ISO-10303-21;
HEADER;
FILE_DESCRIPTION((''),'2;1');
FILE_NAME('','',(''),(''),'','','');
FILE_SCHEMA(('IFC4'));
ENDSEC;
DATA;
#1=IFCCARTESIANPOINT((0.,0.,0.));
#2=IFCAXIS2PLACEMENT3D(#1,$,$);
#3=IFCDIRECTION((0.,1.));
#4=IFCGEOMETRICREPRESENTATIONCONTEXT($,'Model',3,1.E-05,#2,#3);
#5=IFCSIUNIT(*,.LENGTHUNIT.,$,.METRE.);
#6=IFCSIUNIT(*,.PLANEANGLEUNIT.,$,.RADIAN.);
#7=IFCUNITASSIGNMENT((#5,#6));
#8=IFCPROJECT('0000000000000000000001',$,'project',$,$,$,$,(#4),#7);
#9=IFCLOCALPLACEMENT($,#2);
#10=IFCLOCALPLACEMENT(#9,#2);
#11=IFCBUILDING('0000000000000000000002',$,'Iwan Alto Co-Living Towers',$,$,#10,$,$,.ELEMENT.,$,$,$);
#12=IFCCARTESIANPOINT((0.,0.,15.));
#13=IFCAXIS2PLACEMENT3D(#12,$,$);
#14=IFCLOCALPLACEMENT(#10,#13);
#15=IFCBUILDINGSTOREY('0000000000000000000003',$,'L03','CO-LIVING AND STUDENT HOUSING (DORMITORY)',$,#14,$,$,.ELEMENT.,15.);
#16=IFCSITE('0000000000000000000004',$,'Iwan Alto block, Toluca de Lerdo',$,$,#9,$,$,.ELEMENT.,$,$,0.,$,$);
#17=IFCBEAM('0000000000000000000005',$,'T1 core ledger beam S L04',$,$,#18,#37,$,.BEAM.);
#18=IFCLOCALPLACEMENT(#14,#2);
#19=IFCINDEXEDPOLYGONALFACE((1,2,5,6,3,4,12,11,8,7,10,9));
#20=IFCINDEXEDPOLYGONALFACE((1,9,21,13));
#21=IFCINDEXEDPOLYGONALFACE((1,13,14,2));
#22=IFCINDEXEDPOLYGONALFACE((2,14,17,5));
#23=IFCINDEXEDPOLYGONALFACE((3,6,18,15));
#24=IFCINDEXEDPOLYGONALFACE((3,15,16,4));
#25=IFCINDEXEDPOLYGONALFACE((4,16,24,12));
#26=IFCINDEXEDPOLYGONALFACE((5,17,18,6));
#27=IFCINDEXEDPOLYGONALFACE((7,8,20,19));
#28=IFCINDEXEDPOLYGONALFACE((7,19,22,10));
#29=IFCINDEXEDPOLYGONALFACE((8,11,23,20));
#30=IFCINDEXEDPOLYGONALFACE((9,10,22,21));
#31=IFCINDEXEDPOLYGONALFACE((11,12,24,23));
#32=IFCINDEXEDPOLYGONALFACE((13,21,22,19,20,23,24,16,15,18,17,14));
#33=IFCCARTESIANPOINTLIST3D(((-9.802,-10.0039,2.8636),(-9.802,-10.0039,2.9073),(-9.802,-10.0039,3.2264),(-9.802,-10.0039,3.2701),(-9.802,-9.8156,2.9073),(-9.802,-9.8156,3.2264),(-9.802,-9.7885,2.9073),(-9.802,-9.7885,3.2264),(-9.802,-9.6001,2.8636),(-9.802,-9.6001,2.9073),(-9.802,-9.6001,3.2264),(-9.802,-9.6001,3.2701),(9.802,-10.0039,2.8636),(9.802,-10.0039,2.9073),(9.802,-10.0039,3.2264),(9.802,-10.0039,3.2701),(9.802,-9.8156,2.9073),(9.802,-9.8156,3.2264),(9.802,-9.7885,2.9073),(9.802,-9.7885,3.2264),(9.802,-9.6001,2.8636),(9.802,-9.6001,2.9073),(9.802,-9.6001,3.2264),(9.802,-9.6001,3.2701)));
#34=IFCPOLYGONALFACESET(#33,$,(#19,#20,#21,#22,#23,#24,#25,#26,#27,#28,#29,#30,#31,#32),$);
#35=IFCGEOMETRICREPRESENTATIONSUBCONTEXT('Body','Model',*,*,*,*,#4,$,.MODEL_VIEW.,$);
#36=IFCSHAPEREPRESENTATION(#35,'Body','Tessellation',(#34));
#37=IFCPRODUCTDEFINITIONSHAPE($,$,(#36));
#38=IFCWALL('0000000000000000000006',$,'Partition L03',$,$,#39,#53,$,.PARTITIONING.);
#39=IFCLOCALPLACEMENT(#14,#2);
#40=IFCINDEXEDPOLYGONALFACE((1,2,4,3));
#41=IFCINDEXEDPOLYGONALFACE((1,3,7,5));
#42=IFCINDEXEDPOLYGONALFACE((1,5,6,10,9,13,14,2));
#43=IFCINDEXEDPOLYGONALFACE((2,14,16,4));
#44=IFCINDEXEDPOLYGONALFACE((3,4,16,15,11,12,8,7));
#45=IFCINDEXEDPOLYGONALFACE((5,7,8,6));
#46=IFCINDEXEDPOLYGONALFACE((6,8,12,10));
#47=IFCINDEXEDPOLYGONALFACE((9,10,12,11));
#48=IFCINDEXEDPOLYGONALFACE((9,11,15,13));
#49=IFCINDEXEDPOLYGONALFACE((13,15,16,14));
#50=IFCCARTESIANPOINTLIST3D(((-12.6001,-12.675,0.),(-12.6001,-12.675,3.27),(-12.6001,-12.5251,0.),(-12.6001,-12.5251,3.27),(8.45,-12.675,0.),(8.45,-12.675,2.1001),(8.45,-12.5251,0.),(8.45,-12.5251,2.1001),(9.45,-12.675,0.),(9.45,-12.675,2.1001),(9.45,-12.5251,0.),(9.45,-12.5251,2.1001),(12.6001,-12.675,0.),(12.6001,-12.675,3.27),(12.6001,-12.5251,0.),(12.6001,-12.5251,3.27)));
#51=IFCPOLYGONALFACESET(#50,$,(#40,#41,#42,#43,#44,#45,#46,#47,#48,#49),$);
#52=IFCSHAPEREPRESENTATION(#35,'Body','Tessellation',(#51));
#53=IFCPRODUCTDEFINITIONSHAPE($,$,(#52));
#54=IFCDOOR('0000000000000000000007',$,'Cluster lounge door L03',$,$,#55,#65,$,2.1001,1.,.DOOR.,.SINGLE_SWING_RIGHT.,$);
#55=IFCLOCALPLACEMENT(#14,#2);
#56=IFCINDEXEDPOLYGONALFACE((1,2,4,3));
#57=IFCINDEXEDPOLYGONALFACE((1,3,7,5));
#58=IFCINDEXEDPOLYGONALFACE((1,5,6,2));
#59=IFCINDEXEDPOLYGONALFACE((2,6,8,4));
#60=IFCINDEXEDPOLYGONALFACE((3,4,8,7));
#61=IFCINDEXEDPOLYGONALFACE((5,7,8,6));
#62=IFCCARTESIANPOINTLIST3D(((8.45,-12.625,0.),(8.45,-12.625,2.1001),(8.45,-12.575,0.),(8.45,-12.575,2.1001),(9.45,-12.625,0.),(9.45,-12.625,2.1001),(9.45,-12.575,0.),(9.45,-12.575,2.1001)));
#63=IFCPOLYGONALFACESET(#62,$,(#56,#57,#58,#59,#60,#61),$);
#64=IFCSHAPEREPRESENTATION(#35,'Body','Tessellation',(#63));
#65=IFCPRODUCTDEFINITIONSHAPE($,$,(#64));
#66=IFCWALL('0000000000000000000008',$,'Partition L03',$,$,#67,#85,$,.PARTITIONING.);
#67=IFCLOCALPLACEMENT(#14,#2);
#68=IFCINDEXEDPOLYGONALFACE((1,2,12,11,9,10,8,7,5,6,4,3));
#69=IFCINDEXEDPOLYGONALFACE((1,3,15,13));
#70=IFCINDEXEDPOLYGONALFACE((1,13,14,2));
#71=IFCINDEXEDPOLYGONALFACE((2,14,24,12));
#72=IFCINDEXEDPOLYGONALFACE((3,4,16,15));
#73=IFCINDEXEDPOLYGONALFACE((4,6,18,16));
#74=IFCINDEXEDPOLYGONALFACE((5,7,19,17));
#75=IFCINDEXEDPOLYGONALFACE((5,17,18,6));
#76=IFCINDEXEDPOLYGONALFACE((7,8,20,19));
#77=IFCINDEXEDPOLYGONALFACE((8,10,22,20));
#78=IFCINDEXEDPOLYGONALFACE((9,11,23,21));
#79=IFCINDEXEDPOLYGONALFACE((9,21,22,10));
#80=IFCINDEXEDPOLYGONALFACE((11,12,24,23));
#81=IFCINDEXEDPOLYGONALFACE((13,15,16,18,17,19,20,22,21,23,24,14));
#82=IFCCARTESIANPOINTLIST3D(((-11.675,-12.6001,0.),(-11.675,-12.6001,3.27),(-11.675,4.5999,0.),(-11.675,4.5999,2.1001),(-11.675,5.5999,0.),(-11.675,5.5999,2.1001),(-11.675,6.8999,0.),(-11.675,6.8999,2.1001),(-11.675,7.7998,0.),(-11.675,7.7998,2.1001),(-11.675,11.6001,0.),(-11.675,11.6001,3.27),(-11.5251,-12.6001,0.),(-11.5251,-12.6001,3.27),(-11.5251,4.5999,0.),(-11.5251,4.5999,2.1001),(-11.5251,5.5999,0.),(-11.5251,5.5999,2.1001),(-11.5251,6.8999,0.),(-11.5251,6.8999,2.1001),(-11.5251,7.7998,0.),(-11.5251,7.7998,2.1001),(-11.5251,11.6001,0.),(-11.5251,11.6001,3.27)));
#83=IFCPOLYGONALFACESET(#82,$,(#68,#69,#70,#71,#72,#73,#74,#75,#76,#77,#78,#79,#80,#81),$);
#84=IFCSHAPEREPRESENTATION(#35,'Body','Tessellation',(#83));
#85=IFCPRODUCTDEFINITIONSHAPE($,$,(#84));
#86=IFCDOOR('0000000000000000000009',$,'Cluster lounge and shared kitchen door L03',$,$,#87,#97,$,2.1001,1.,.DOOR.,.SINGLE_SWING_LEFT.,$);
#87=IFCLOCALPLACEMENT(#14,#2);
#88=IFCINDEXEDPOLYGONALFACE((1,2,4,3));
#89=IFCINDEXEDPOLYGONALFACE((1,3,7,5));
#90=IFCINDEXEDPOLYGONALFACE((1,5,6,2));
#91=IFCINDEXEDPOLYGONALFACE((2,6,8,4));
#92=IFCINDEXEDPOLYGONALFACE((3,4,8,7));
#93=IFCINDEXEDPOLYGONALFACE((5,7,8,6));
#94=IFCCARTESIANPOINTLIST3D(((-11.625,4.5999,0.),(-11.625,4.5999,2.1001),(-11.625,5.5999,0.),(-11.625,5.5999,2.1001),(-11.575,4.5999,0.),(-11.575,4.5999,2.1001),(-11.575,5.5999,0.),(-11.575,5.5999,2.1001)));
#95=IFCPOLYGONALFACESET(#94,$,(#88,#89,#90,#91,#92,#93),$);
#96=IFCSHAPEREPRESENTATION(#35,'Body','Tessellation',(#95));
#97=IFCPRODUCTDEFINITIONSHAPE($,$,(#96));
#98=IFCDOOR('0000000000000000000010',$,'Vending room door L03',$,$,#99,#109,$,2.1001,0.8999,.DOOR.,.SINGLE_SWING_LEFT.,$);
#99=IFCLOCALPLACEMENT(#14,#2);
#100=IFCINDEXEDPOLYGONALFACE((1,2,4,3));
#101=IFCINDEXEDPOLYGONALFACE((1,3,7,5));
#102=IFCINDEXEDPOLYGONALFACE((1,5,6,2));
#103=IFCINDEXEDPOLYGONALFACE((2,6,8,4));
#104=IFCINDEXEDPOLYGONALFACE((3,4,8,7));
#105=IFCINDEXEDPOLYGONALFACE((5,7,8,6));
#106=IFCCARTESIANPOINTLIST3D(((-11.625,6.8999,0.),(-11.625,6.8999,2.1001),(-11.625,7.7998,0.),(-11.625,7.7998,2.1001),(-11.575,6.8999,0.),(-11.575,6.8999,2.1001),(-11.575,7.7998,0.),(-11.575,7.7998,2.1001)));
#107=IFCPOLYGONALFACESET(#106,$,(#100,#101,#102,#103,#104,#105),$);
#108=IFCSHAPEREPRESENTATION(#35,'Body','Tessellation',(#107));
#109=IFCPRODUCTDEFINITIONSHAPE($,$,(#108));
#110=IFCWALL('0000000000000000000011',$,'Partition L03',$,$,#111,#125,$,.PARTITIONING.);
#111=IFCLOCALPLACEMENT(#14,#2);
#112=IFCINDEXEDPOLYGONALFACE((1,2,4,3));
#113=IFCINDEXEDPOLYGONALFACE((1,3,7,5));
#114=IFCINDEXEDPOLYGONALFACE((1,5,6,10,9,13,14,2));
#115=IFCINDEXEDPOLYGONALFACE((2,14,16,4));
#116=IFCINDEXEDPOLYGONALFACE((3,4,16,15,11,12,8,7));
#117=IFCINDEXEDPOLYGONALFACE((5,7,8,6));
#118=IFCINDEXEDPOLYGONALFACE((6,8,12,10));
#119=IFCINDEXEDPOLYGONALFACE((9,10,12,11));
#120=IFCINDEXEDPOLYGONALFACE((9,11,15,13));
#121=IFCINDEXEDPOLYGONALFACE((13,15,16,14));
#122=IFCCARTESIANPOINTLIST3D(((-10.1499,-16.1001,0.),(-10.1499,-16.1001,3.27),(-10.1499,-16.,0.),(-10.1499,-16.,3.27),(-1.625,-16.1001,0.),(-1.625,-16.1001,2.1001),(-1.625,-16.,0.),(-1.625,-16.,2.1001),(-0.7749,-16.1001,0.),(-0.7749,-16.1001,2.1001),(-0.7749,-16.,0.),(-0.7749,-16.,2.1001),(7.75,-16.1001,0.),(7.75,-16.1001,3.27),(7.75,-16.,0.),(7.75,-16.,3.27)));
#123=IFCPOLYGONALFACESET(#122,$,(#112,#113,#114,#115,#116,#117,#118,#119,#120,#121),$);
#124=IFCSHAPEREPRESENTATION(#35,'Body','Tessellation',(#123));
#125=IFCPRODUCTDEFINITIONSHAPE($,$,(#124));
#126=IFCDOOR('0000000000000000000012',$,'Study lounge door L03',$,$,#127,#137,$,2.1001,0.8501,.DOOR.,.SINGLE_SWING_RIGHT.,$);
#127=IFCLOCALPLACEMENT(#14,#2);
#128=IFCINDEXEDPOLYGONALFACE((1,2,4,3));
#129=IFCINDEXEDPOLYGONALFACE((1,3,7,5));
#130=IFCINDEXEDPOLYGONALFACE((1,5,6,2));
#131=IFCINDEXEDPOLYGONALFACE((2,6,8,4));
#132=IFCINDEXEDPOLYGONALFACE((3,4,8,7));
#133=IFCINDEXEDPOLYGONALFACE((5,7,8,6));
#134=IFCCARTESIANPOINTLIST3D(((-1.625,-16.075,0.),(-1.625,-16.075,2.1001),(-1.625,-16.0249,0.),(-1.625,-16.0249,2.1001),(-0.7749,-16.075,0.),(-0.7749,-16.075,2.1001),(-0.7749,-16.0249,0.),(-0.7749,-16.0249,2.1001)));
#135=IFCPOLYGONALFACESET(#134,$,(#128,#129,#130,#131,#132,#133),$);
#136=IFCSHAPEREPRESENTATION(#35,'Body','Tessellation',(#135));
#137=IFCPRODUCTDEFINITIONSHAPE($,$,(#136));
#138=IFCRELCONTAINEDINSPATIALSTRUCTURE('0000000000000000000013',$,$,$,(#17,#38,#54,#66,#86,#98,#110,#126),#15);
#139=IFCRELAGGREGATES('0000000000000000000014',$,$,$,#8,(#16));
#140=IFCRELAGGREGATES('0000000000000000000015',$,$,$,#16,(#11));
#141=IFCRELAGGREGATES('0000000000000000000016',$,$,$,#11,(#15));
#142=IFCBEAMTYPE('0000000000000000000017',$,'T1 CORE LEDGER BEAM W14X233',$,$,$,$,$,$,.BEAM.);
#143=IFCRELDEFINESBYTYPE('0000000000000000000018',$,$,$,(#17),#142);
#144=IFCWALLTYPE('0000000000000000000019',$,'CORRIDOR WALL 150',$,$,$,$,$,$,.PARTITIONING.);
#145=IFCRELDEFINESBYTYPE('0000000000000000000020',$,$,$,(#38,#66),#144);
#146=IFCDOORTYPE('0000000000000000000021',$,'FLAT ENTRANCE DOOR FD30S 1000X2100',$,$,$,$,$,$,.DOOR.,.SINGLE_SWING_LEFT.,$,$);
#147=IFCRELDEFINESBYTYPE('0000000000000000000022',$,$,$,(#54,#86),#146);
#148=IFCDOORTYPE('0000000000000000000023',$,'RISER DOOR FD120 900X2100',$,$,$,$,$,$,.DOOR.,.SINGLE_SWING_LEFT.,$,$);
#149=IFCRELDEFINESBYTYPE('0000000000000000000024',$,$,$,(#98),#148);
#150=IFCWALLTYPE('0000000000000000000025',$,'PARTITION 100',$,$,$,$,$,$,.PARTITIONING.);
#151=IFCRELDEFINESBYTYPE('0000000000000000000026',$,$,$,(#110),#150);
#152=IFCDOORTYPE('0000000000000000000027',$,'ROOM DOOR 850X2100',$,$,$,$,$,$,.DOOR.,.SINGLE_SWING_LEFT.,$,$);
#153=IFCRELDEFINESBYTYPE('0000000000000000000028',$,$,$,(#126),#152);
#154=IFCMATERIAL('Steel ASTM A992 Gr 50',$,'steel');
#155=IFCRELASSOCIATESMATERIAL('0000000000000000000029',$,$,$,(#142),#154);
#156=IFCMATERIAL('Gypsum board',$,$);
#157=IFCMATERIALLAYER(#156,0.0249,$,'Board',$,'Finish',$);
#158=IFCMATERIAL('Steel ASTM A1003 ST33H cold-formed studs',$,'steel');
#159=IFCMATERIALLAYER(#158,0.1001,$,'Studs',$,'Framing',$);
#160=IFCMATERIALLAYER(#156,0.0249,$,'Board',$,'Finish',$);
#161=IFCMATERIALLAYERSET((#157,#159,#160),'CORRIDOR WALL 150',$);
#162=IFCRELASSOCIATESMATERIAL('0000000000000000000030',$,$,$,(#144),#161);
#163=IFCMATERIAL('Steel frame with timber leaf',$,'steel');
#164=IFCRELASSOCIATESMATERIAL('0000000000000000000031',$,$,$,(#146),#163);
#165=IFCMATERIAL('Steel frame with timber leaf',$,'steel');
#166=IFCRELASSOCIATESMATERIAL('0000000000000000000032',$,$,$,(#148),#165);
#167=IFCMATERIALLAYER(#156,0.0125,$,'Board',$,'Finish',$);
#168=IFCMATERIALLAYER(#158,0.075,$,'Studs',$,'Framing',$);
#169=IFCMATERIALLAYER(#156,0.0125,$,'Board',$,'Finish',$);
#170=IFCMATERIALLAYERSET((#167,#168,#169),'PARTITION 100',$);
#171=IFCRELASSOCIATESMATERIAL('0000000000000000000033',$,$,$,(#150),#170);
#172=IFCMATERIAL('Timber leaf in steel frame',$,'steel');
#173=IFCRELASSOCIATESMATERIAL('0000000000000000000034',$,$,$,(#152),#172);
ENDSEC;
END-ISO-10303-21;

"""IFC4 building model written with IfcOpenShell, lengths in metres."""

from ifc_helpers import new_model, si_unit, direction, frame, frame_2d, origin, origin_2d, place, context, subcontext, project, spatial, rectangle, i_section, extrude, material, layer, layer_set, material_profile, profile_set, type_object, element, fill, save


model = new_model("IFC4")

# Units and contexts
model_context = context("Model", 3, precision=1e-05, world=origin(), true_north=direction((0.0, 1.0)))
body_context = subcontext(model_context, "Body", "Model", "MODEL_VIEW")
ifc_project = project(units=[si_unit("LENGTHUNIT", "METRE"), si_unit("PLANEANGLEUNIT", "RADIAN")], contexts=[model_context])

# Site, building, storey
site_placement = place(None, origin())
site = spatial("IfcSite", under=ifc_project, at=site_placement, Name="Iwan Alto block, Toluca de Lerdo", CompositionType="ELEMENT", RefElevation=0.0)
building_placement = place(site_placement, origin())
building = spatial("IfcBuilding", under=site, at=building_placement, Name="Iwan Alto Co-Living Towers", CompositionType="ELEMENT")
storey_placement = place(building_placement, frame((0.0, 0.0, 15.0)))
storey = spatial("IfcBuildingStorey", under=building, at=storey_placement, Name="L03", Description="CO-LIVING AND STUDENT HOUSING (DORMITORY)", CompositionType="ELEMENT", Elevation=15.0)

# Beam
ifc_material_1 = material(Name="Steel ASTM A992 Gr 50", Category="steel")
ifc_material_profile = material_profile(ifc_material_1, i_section(OverallWidth=0.4038, OverallDepth=0.4065, WebThickness=0.0271, FlangeThickness=0.0437, at=origin_2d()), Name="W14X233")
ifc_profile_set = profile_set([ifc_material_profile], Name="Steel ASTM A992 Gr 50")
beam_type = type_object("IfcBeamType", Name="T1 CORE LEDGER BEAM W14X233", PredefinedType="BEAM", material=ifc_profile_set)
beam_placement = place(storey_placement, frame((-9.802, -9.802, 3.0669), z_axis=(1.0, 0.0, 0.0), x_axis=(0.0, 1.0, 0.0)))
element("IfcBeam", 1, at=beam_placement, inside=storey, type_object=beam_type, Name="T1 core ledger beam S L04", PredefinedType="BEAM", context=body_context, shape_type="SweptSolid", body=[
    extrude(i_section(OverallWidth=0.4038, OverallDepth=0.4065, WebThickness=0.0271, FlangeThickness=0.0437, at=origin_2d()), origin(), (0.0, 0.0, 1.0), 19.604),
])

# Wall, opening, door
ifc_material_2 = material(Name="Gypsum board")
ifc_layer_1 = layer(ifc_material_2, 0.0249, Name="Board", Category="Finish")
ifc_material_3 = material(Name="Steel ASTM A1003 ST33H cold-formed studs", Category="steel")
ifc_layer_2 = layer(ifc_material_3, 0.1001, Name="Studs", Category="Framing")
ifc_layer_3 = layer(ifc_material_2, 0.0249, Name="Board", Category="Finish")
ifc_layer_set_1 = layer_set([ifc_layer_1, ifc_layer_2, ifc_layer_3], Name="CORRIDOR WALL 150")
wall_type_1 = type_object("IfcWallType", Name="CORRIDOR WALL 150", PredefinedType="PARTITIONING", material=ifc_layer_set_1)
wall_1_placement = place(storey_placement, frame((-12.6001, -12.6001, 0.0), z_axis=(0.0, 0.0, 1.0), x_axis=(1.0, 0.0, 0.0)))
wall_1 = element("IfcWall", 2, at=wall_1_placement, inside=storey, type_object=wall_type_1, Name="Partition L03", PredefinedType="PARTITIONING", context=body_context, shape_type="SweptSolid", body=[
    extrude(rectangle(XDim=25.2002, YDim=0.1499, at=frame_2d((12.6001, 0.0))), origin(), (0.0, 0.0, 1.0), 3.27),
])
opening_1_placement = place(wall_1_placement, frame((21.05, 0.0, 0.0)))
opening_1 = element("IfcOpeningElement", 3, at=opening_1_placement, cuts=wall_1, PredefinedType="OPENING", context=body_context, shape_type="SweptSolid", body=[
    extrude(rectangle(XDim=1.0, YDim=2.1001, at=frame_2d((0.5, 1.05))), frame((0.0, 0.085, 0.0), z_axis=(0.0, -1.0, 0.0), x_axis=(1.0, 0.0, 0.0)), (0.0, 0.0, 1.0), 0.1699),
])
ifc_material_4 = material(Name="Steel frame with timber leaf", Category="steel")
door_type_1 = type_object("IfcDoorType", Name="FLAT ENTRANCE DOOR FD30S 1000X2100", OperationType="SINGLE_SWING_LEFT", PredefinedType="DOOR", material=ifc_material_4)
door_1_placement = place(opening_1_placement, frame((1.0, 0.0, 0.0), z_axis=(0.0, 0.0, 1.0), x_axis=(-1.0, 0.0, 0.0)))
door_1 = element("IfcDoor", 4, at=door_1_placement, inside=storey, type_object=door_type_1, Name="Cluster lounge door L03", OperationType="SINGLE_SWING_RIGHT", OverallHeight=2.1001, OverallWidth=1.0, PredefinedType="DOOR", context=body_context, shape_type="SweptSolid", body=[
    extrude(rectangle(XDim=1.0, YDim=2.1001, at=frame_2d((0.5, 1.05))), frame((0.0, 0.0249, 0.0), z_axis=(0.0, -1.0, 0.0), x_axis=(1.0, 0.0, 0.0)), (0.0, 0.0, 1.0), 0.05),
])
fill(opening_1, door_1)

# Wall, openings, doors
wall_2_placement = place(storey_placement, frame((-11.6001, -12.6001, 0.0), z_axis=(0.0, 0.0, 1.0), x_axis=(0.0, 1.0, 0.0)))
wall_2 = element("IfcWall", 5, at=wall_2_placement, inside=storey, type_object=wall_type_1, Name="Partition L03", PredefinedType="PARTITIONING", context=body_context, shape_type="SweptSolid", body=[
    extrude(rectangle(XDim=24.2002, YDim=0.1499, at=frame_2d((12.1001, 0.0))), origin(), (0.0, 0.0, 1.0), 3.27),
])
opening_2_placement = place(wall_2_placement, frame((17.2, 0.0, 0.0)))
opening_2 = element("IfcOpeningElement", 6, at=opening_2_placement, cuts=wall_2, PredefinedType="OPENING", context=body_context, shape_type="SweptSolid", body=[
    extrude(rectangle(XDim=1.0, YDim=2.1001, at=frame_2d((0.5, 1.05))), frame((0.0, 0.085, 0.0), z_axis=(0.0, -1.0, 0.0), x_axis=(1.0, 0.0, 0.0)), (0.0, 0.0, 1.0), 0.1699),
])
opening_3_placement = place(wall_2_placement, frame((19.5, 0.0, 0.0)))
opening_3 = element("IfcOpeningElement", 7, at=opening_3_placement, cuts=wall_2, PredefinedType="OPENING", context=body_context, shape_type="SweptSolid", body=[
    extrude(rectangle(XDim=0.8999, YDim=2.1001, at=frame_2d((0.45, 1.05))), frame((0.0, 0.085, 0.0), z_axis=(0.0, -1.0, 0.0), x_axis=(1.0, 0.0, 0.0)), (0.0, 0.0, 1.0), 0.1699),
])
door_2_placement = place(opening_2_placement, origin())
door_2 = element("IfcDoor", 8, at=door_2_placement, inside=storey, type_object=door_type_1, Name="Cluster lounge and shared kitchen door L03", OperationType="SINGLE_SWING_LEFT", OverallHeight=2.1001, OverallWidth=1.0, PredefinedType="DOOR", context=body_context, shape_type="SweptSolid", body=[
    extrude(rectangle(XDim=1.0, YDim=2.1001, at=frame_2d((0.5, 1.05))), frame((0.0, 0.0249, 0.0), z_axis=(0.0, -1.0, 0.0), x_axis=(1.0, 0.0, 0.0)), (0.0, 0.0, 1.0), 0.05),
])
fill(opening_2, door_2)
ifc_material_5 = material(Name="Steel frame with timber leaf", Category="steel")
door_type_2 = type_object("IfcDoorType", Name="RISER DOOR FD120 900X2100", OperationType="SINGLE_SWING_LEFT", PredefinedType="DOOR", material=ifc_material_5)
door_3_placement = place(opening_3_placement, origin())
door_3 = element("IfcDoor", 9, at=door_3_placement, inside=storey, type_object=door_type_2, Name="Vending room door L03", OperationType="SINGLE_SWING_LEFT", OverallHeight=2.1001, OverallWidth=0.8999, PredefinedType="DOOR", context=body_context, shape_type="SweptSolid", body=[
    extrude(rectangle(XDim=0.8999, YDim=2.1001, at=frame_2d((0.45, 1.05))), frame((0.0, 0.0249, 0.0), z_axis=(0.0, -1.0, 0.0), x_axis=(1.0, 0.0, 0.0)), (0.0, 0.0, 1.0), 0.05),
])
fill(opening_3, door_3)

# Wall, opening, door
ifc_layer_4 = layer(ifc_material_2, 0.0125, Name="Board", Category="Finish")
ifc_layer_5 = layer(ifc_material_3, 0.075, Name="Studs", Category="Framing")
ifc_layer_6 = layer(ifc_material_2, 0.0125, Name="Board", Category="Finish")
ifc_layer_set_2 = layer_set([ifc_layer_4, ifc_layer_5, ifc_layer_6], Name="PARTITION 100")
wall_type_2 = type_object("IfcWallType", Name="PARTITION 100", PredefinedType="PARTITIONING", material=ifc_layer_set_2)
wall_3_placement = place(storey_placement, frame((-10.1499, -16.05, 0.0), z_axis=(0.0, 0.0, 1.0), x_axis=(1.0, 0.0, 0.0)))
wall_3 = element("IfcWall", 10, at=wall_3_placement, inside=storey, type_object=wall_type_2, Name="Partition L03", PredefinedType="PARTITIONING", context=body_context, shape_type="SweptSolid", body=[
    extrude(rectangle(XDim=17.8999, YDim=0.1001, at=frame_2d((8.95, 0.0))), origin(), (0.0, 0.0, 1.0), 3.27),
])
opening_4_placement = place(wall_3_placement, frame((8.5249, 0.0, 0.0)))
opening_4 = element("IfcOpeningElement", 11, at=opening_4_placement, cuts=wall_3, PredefinedType="OPENING", context=body_context, shape_type="SweptSolid", body=[
    extrude(rectangle(XDim=0.8501, YDim=2.1001, at=frame_2d((0.425, 1.05))), frame((0.0, 0.0601, 0.0), z_axis=(0.0, -1.0, 0.0), x_axis=(1.0, 0.0, 0.0)), (0.0, 0.0, 1.0), 0.1201),
])
ifc_material_6 = material(Name="Timber leaf in steel frame", Category="steel")
door_type_3 = type_object("IfcDoorType", Name="ROOM DOOR 850X2100", OperationType="SINGLE_SWING_LEFT", PredefinedType="DOOR", material=ifc_material_6)
door_4_placement = place(opening_4_placement, frame((0.8501, 0.0, 0.0), z_axis=(0.0, 0.0, 1.0), x_axis=(-1.0, 0.0, 0.0)))
door_4 = element("IfcDoor", 12, at=door_4_placement, inside=storey, type_object=door_type_3, Name="Study lounge door L03", OperationType="SINGLE_SWING_RIGHT", OverallHeight=2.1001, OverallWidth=0.8501, PredefinedType="DOOR", context=body_context, shape_type="SweptSolid", body=[
    extrude(rectangle(XDim=0.8501, YDim=2.1001, at=frame_2d((0.425, 1.05))), frame((0.0, 0.0249, 0.0), z_axis=(0.0, -1.0, 0.0), x_axis=(1.0, 0.0, 0.0)), (0.0, 0.0, 1.0), 0.05),
])
fill(opening_4, door_4)

save(model, "model.ifc")
